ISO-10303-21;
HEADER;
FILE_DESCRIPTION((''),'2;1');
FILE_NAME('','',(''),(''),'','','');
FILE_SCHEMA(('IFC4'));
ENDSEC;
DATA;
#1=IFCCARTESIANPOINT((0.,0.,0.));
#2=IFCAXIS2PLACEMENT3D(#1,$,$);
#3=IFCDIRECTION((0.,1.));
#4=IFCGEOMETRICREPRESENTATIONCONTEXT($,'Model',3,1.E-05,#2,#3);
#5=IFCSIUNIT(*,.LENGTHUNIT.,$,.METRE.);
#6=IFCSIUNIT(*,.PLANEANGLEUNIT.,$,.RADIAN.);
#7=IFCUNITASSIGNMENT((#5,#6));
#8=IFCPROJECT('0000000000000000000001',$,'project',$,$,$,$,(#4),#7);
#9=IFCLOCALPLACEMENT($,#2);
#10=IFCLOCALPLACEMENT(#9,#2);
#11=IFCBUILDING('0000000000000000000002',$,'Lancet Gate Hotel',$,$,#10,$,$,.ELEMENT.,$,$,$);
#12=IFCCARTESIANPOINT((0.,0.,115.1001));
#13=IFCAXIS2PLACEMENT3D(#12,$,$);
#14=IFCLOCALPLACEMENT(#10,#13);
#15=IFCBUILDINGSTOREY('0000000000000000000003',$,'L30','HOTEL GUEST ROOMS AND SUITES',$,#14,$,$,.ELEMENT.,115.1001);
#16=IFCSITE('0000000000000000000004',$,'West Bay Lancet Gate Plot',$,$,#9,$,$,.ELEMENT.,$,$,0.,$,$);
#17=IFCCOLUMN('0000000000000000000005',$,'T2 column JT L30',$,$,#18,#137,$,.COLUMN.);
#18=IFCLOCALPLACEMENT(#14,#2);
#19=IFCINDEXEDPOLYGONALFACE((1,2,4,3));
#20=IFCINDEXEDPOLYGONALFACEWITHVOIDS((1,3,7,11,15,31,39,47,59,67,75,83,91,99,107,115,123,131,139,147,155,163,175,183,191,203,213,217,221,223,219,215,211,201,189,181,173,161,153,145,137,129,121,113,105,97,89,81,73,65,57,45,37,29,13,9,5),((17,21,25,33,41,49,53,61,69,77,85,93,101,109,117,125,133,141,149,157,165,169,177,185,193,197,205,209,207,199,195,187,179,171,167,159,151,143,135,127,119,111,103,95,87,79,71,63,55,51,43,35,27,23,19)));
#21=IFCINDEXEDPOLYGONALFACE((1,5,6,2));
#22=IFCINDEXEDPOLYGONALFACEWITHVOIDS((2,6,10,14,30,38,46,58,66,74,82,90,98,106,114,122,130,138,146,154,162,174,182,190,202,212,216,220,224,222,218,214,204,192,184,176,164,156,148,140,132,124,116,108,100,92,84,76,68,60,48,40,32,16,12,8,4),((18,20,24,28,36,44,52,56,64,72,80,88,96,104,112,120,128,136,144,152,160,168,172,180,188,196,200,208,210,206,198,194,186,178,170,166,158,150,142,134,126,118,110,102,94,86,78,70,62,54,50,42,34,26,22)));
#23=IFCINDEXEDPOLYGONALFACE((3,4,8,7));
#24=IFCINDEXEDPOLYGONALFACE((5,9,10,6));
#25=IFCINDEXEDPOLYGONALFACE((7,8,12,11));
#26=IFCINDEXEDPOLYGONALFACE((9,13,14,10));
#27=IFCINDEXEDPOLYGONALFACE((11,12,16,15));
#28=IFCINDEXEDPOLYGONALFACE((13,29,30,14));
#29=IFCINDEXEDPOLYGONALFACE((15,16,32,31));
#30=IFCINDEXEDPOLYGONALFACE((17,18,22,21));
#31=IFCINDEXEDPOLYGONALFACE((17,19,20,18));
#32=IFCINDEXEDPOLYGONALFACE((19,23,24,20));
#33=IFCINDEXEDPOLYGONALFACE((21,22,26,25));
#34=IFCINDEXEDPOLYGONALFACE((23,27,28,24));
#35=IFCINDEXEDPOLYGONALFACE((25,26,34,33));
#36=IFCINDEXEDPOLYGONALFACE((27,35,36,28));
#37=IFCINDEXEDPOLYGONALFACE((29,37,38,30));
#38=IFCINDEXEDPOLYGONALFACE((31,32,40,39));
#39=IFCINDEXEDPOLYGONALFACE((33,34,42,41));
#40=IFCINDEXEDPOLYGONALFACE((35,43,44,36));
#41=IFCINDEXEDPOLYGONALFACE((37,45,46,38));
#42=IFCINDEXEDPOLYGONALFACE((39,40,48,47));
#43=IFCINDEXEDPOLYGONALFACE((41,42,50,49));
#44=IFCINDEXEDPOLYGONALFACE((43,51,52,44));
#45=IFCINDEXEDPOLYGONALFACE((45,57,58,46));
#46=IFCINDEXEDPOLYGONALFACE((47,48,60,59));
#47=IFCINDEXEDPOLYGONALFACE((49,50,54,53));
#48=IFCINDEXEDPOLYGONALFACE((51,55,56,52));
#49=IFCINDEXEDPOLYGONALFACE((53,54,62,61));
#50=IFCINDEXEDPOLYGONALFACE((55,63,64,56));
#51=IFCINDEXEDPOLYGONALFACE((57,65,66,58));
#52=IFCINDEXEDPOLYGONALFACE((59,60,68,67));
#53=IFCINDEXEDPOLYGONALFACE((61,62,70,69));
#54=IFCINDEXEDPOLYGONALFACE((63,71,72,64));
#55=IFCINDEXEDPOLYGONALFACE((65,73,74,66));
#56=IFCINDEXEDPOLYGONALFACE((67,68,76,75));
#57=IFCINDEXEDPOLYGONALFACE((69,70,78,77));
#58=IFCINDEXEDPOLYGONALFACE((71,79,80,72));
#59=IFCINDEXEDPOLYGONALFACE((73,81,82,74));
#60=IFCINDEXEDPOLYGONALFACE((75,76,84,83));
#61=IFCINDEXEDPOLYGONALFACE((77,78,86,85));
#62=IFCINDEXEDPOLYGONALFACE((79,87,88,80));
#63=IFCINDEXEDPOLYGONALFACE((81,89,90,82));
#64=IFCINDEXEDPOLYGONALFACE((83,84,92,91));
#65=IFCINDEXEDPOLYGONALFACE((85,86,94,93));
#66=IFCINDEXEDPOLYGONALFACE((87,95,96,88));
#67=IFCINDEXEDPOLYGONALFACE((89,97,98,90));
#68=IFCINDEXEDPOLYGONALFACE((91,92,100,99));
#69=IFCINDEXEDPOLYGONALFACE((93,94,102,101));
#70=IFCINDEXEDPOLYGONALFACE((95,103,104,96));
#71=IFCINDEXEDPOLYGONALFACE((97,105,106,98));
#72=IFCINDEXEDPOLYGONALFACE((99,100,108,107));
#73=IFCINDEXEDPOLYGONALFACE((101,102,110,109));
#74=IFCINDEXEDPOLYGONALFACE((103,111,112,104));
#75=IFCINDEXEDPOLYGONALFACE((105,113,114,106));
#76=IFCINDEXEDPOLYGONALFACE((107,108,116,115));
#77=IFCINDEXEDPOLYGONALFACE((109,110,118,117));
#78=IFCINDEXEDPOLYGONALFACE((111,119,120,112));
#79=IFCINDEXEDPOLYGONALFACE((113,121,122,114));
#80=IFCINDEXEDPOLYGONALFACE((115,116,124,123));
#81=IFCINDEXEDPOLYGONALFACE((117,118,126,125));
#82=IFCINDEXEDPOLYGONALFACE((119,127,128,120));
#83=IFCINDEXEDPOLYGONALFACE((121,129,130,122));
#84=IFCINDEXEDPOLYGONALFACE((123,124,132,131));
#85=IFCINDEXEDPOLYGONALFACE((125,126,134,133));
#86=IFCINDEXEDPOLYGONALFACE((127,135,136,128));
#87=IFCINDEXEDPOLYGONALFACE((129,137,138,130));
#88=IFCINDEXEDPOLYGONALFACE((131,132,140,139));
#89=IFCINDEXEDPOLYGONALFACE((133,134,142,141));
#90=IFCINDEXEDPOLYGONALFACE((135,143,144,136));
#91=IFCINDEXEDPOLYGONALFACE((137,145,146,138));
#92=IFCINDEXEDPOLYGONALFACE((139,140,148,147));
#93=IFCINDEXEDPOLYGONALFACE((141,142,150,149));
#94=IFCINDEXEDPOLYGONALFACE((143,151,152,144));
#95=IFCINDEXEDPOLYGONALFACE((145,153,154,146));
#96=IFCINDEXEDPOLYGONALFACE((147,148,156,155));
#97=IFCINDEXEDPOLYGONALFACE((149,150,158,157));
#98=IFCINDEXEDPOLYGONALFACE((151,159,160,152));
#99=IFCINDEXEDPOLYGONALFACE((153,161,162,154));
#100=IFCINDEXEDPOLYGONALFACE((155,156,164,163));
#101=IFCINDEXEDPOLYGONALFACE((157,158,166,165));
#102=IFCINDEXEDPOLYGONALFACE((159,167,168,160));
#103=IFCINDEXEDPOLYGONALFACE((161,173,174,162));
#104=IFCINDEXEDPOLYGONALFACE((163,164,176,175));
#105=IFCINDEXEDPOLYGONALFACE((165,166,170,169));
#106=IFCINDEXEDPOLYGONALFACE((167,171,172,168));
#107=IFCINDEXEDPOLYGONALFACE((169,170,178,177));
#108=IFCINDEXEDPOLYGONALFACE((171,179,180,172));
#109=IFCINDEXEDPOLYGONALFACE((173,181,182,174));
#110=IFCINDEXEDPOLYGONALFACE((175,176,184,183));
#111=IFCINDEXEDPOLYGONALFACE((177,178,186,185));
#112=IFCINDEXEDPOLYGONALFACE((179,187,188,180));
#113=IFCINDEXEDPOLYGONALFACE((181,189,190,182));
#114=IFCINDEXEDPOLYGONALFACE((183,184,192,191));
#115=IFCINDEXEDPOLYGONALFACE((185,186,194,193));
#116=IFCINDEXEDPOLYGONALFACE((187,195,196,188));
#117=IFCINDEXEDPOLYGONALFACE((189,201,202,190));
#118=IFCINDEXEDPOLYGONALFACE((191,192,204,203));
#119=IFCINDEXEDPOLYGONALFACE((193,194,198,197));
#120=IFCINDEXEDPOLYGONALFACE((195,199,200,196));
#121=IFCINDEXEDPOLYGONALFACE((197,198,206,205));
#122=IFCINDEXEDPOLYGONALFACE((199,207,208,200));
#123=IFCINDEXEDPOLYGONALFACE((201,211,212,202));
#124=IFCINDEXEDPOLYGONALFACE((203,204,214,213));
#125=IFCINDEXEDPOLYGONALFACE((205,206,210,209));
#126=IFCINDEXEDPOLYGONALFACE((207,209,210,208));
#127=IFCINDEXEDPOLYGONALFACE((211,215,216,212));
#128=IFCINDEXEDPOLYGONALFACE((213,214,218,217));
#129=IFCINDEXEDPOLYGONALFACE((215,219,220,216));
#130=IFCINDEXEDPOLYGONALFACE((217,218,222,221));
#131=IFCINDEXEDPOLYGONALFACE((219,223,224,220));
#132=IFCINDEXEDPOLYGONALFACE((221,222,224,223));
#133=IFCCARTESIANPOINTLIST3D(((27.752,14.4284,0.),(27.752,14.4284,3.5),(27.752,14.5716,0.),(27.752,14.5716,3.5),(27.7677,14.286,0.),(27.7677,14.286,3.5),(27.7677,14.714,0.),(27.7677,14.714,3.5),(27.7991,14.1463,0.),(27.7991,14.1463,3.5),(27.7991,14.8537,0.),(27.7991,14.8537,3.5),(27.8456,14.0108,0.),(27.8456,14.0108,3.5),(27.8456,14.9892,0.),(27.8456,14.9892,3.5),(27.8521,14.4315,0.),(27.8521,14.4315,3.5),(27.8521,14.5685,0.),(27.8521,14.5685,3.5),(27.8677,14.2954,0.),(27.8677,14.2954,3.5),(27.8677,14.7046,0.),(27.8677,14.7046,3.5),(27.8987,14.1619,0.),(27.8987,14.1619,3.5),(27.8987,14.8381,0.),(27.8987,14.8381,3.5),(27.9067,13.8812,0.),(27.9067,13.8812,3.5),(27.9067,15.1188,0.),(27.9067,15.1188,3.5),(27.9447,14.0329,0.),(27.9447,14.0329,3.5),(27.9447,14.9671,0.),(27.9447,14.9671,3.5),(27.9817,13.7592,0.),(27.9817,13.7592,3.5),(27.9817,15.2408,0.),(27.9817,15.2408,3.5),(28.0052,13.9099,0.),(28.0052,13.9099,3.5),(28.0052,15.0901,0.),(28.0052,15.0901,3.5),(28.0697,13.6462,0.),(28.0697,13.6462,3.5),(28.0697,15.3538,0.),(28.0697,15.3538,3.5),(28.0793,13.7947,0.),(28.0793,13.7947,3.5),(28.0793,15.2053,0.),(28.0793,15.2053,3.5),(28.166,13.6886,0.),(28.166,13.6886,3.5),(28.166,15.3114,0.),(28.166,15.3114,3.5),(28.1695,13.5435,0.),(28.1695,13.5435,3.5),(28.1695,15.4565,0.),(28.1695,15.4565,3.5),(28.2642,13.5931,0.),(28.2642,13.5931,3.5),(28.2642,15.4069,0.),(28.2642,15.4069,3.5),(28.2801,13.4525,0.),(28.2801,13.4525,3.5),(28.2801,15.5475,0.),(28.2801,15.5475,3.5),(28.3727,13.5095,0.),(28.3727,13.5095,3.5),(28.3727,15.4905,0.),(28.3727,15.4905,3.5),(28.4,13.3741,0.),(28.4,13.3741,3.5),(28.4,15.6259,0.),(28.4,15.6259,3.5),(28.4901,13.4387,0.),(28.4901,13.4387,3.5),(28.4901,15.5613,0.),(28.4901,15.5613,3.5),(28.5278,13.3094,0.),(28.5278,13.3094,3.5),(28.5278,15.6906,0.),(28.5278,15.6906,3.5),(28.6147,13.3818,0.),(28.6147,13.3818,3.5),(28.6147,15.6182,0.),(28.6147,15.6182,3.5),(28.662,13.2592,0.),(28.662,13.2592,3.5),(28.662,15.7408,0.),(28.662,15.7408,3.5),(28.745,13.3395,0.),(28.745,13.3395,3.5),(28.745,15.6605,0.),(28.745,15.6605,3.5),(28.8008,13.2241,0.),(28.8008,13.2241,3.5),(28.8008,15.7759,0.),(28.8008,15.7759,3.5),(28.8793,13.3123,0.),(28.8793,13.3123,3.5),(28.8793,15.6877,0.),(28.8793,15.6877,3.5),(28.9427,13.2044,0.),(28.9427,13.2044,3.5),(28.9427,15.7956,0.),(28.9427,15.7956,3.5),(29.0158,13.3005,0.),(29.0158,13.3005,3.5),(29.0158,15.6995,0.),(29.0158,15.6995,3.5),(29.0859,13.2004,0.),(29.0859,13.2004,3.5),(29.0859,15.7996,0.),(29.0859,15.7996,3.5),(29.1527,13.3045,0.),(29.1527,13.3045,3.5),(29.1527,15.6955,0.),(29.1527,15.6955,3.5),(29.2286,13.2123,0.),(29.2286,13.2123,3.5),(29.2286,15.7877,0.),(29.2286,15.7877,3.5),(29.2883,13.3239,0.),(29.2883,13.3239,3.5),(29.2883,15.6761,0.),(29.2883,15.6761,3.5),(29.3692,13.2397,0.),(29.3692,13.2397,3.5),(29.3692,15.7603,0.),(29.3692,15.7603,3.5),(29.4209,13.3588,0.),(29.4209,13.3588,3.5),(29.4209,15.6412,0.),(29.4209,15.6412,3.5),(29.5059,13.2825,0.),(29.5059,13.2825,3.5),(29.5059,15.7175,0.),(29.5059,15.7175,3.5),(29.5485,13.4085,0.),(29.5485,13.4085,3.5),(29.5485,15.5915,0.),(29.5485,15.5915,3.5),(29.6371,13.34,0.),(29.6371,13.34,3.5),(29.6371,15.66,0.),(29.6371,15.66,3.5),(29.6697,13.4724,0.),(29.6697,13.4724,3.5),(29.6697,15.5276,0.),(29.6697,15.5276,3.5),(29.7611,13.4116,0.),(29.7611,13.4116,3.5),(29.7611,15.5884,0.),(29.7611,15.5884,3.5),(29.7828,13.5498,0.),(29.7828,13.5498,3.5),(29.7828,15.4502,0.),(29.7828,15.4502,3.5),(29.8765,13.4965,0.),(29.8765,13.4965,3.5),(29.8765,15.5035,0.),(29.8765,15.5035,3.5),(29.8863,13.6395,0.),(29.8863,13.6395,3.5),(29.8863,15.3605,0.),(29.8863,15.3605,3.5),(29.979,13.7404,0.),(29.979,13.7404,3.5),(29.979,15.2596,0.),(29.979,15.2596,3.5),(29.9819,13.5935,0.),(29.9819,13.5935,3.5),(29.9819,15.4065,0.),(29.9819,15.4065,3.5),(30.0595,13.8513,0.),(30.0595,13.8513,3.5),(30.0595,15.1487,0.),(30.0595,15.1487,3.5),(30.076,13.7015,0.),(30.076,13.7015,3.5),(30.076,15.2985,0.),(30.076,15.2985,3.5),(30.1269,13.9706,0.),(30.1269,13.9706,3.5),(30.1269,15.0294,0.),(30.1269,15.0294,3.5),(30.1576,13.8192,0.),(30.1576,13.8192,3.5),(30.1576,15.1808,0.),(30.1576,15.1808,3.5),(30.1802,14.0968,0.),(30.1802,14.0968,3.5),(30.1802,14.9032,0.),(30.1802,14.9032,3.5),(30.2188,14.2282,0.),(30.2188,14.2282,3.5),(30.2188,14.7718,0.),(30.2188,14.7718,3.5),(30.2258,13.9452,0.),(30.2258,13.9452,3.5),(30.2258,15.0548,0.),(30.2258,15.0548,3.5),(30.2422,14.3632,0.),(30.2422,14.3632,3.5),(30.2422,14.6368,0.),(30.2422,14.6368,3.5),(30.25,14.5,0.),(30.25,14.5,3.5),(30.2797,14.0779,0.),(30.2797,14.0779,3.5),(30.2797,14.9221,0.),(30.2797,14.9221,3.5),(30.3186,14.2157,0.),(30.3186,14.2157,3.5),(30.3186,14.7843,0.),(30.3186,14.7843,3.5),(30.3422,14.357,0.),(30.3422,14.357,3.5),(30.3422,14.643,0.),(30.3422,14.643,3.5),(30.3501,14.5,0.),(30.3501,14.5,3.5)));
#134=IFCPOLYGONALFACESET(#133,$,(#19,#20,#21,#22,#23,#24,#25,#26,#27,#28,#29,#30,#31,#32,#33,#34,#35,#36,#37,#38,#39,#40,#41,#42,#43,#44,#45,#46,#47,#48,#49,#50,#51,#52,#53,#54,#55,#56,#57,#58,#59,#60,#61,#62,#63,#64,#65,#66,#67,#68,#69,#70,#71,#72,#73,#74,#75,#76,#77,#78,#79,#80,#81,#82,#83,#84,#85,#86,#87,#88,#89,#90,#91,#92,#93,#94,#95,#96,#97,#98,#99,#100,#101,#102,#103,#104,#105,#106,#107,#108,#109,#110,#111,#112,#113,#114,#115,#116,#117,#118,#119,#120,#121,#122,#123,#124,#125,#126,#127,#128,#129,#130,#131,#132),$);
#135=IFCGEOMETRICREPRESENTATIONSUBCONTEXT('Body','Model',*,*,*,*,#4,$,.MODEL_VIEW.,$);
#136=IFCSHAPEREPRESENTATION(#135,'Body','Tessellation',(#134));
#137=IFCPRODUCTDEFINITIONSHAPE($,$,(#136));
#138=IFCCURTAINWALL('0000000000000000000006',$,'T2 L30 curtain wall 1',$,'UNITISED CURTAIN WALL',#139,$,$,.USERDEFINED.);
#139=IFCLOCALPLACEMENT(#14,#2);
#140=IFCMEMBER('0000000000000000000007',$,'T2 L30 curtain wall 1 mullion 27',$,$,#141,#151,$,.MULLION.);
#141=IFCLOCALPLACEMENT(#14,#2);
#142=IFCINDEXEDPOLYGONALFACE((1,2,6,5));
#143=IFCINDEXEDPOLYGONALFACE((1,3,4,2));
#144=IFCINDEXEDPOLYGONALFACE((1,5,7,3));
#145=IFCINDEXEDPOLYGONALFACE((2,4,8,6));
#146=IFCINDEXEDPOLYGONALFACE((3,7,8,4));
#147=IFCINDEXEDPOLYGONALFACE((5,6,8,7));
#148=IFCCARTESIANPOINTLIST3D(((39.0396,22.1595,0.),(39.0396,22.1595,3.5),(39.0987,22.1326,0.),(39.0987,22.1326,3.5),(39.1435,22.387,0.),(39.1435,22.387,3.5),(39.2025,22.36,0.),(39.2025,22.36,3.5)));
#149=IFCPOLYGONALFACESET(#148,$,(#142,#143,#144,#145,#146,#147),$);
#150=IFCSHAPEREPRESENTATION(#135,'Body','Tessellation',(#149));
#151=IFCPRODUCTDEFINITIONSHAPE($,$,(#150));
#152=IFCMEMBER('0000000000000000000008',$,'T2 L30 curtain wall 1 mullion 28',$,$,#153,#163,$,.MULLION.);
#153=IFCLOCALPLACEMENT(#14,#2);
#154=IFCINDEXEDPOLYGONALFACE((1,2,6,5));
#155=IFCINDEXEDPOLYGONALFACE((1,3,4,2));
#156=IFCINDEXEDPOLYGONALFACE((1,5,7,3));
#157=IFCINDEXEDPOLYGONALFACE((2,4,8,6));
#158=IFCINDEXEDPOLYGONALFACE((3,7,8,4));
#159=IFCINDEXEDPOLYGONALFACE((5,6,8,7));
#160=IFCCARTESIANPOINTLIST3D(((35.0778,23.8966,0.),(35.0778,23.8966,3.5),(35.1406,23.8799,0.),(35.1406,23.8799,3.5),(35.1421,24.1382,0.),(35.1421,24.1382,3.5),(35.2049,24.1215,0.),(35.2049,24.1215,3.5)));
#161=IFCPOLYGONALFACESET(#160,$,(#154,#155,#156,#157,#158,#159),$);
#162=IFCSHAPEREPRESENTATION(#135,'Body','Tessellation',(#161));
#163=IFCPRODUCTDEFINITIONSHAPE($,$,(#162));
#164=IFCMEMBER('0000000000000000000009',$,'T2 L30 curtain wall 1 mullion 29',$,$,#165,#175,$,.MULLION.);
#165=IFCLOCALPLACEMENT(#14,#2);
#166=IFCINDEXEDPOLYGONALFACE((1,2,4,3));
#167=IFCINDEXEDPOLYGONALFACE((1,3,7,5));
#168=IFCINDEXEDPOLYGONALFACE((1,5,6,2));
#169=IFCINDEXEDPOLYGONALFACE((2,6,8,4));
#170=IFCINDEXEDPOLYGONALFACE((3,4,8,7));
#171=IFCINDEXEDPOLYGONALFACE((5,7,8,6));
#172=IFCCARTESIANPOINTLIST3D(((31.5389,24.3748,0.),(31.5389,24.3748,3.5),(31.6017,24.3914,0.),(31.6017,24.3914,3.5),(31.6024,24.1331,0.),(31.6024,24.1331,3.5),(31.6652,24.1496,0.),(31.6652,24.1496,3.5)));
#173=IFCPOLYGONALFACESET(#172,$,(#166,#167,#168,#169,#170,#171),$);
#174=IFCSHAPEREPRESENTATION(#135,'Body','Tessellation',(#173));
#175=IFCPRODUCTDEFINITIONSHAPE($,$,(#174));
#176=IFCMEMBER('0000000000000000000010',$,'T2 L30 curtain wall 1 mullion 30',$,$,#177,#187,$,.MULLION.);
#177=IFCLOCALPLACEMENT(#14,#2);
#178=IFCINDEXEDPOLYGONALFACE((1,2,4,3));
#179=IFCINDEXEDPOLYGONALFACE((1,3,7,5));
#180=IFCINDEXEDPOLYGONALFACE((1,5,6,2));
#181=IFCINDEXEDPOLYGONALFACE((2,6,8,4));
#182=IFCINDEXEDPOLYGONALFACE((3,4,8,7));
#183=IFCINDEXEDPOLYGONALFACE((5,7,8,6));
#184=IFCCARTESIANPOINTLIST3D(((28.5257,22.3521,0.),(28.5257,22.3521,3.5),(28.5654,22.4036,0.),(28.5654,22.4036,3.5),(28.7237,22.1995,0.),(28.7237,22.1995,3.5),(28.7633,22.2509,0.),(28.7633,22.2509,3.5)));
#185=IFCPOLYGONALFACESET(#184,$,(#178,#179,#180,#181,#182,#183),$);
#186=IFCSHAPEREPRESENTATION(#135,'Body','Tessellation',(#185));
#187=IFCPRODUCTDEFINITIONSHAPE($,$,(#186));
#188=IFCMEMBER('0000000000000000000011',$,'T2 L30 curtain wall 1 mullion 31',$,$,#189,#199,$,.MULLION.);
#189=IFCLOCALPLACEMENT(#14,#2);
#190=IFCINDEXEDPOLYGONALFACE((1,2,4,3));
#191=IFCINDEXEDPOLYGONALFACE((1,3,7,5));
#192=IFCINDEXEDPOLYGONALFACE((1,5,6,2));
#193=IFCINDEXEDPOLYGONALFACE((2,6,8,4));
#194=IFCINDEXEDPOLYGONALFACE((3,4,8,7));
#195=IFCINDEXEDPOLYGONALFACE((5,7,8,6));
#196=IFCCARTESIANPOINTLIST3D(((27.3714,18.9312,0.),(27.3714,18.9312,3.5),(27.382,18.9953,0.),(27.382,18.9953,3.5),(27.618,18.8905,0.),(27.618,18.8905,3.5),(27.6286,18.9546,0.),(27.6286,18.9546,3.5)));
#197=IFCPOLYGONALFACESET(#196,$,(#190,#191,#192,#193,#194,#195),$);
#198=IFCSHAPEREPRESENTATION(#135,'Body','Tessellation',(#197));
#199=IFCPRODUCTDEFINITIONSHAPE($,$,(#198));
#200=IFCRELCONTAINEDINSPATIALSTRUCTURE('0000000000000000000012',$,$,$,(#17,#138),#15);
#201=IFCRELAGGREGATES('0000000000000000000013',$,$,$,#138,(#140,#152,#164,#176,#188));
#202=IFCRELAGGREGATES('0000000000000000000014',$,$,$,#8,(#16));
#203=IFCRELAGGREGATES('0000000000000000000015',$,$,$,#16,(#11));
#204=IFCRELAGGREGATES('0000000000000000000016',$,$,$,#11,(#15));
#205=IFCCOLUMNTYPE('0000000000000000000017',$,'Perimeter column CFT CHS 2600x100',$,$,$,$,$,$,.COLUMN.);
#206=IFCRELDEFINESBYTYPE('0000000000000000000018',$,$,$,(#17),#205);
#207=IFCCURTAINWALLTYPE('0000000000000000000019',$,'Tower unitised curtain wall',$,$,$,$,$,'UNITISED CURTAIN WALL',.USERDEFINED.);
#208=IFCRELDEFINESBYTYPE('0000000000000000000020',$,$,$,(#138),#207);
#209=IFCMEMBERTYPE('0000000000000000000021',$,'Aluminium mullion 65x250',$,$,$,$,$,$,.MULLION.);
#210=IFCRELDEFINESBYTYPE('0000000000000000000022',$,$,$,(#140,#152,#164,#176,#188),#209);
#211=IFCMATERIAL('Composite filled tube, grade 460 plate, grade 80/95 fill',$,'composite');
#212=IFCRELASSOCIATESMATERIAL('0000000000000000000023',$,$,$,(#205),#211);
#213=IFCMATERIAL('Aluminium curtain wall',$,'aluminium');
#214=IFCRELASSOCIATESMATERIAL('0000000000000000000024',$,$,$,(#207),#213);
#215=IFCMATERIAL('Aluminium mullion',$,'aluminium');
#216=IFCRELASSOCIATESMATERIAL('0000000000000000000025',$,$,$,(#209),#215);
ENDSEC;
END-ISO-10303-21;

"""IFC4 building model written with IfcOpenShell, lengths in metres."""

from ifc_helpers import new_model, si_unit, direction, frame, origin, origin_2d, place, context, subcontext, project, spatial, rectangle, hollow_circle, extrude, material, material_profile, profile_set, type_object, element, aggregate, save


model = new_model("IFC4")

# Units and contexts
model_context = context("Model", 3, precision=1e-05, world=origin(), true_north=direction((0.0, 1.0)))
body_context = subcontext(model_context, "Body", "Model", "MODEL_VIEW")
ifc_project = project(units=[si_unit("LENGTHUNIT", "METRE"), si_unit("PLANEANGLEUNIT", "RADIAN")], contexts=[model_context])

# Site, building, storey
site_placement = place(None, origin())
site = spatial("IfcSite", under=ifc_project, at=site_placement, Name="West Bay Lancet Gate Plot", CompositionType="ELEMENT", RefElevation=0.0)
building_placement = place(site_placement, origin())
building = spatial("IfcBuilding", under=site, at=building_placement, Name="Lancet Gate Hotel", CompositionType="ELEMENT")
storey_placement = place(building_placement, frame((0.0, 0.0, 115.1001)))
storey = spatial("IfcBuildingStorey", under=building, at=storey_placement, Name="L30", Description="HOTEL GUEST ROOMS AND SUITES", CompositionType="ELEMENT", Elevation=115.1001)

# Column
ifc_material_1 = material(Name="Composite filled tube, grade 460 plate, grade 80/95 fill", Category="composite")
ifc_material_profile_1 = material_profile(ifc_material_1, hollow_circle(Radius=1.3, WallThickness=0.1001, at=origin_2d()), Name="CHS 2600x100")
ifc_profile_set_1 = profile_set([ifc_material_profile_1], Name="Composite filled tube, grade 460 plate, grade 80/95 fill")
column_type = type_object("IfcColumnType", Name="Perimeter column CFT CHS 2600x100", PredefinedType="COLUMN", material=ifc_profile_set_1)
for number, where, z_axis, x_axis, name in (
    (1, (29.05, 14.5, 0.0), (0.0, 0.0, 1.0), (1.0, 0.0, 0.0), "T2 column JT L30"),
):
    element("IfcColumn", number, at=place(storey_placement, frame(where, z_axis=z_axis, x_axis=x_axis)), inside=storey, type_object=column_type, Name=name, PredefinedType="COLUMN", context=body_context, shape_type="SweptSolid", body=[
        extrude(hollow_circle(Radius=1.3, WallThickness=0.1001, at=origin_2d()), origin(), (0.0, 0.0, 1.0), 3.5),
    ])

# Curtain wall, members
ifc_material_2 = material(Name="Aluminium curtain wall", Category="aluminium")
curtain_wall_type = type_object("IfcCurtainWallType", Name="Tower unitised curtain wall", ElementType="UNITISED CURTAIN WALL", PredefinedType="USERDEFINED", material=ifc_material_2)
curtain_wall_placement = place(storey_placement, origin())
curtain_wall = element("IfcCurtainWall", 2, at=curtain_wall_placement, inside=storey, type_object=curtain_wall_type, Name="T2 L30 curtain wall 1", ObjectType="UNITISED CURTAIN WALL", PredefinedType="USERDEFINED")
ifc_material_3 = material(Name="Aluminium mullion", Category="aluminium")
ifc_material_profile_2 = material_profile(ifc_material_3, rectangle(XDim=0.0649, YDim=0.25, at=origin_2d()), Name="MULLION 65x250")
ifc_profile_set_2 = profile_set([ifc_material_profile_2], Name="Aluminium mullion")
member_type_1 = type_object("IfcMemberType", Name="Aluminium mullion 65x250", PredefinedType="MULLION", material=ifc_profile_set_2)
member_1_placement = place(storey_placement, frame((39.1211, 22.2598, 0.0), z_axis=(0.0, 0.0, 1.0), x_axis=(-0.909673, 0.415326, 0.0)))
member_1 = element("IfcMember", 3, at=member_1_placement, type_object=member_type_1, Name="T2 L30 curtain wall 1 mullion 27", PredefinedType="MULLION", context=body_context, shape_type="SweptSolid", body=[
    extrude(rectangle(XDim=0.0649, YDim=0.25, at=origin_2d()), origin(), (0.0, 0.0, 1.0), 3.5),
])
member_2_placement = place(storey_placement, frame((35.1414, 24.009, 0.0), z_axis=(0.0, 0.0, 1.0), x_axis=(-0.966317, 0.257353, 0.0)))
member_2 = element("IfcMember", 4, at=member_2_placement, type_object=member_type_1, Name="T2 L30 curtain wall 1 mullion 28", PredefinedType="MULLION", context=body_context, shape_type="SweptSolid", body=[
    extrude(rectangle(XDim=0.0649, YDim=0.25, at=origin_2d()), origin(), (0.0, 0.0, 1.0), 3.5),
])
member_3_placement = place(storey_placement, frame((31.6021, 24.2622, 0.0), z_axis=(0.0, 0.0, 1.0), x_axis=(-0.967157, -0.254179, 0.0)))
member_3 = element("IfcMember", 5, at=member_3_placement, type_object=member_type_1, Name="T2 L30 curtain wall 1 mullion 29", PredefinedType="MULLION", context=body_context, shape_type="SweptSolid", body=[
    extrude(rectangle(XDim=0.0649, YDim=0.25, at=origin_2d()), origin(), (0.0, 0.0, 1.0), 3.5),
])
member_4_placement = place(storey_placement, frame((28.6445, 22.3015, 0.0), z_axis=(0.0, 0.0, 1.0), x_axis=(-0.610664, -0.79189, 0.0)))
member_4 = element("IfcMember", 6, at=member_4_placement, type_object=member_type_1, Name="T2 L30 curtain wall 1 mullion 30", PredefinedType="MULLION", context=body_context, shape_type="SweptSolid", body=[
    extrude(rectangle(XDim=0.0649, YDim=0.25, at=origin_2d()), origin(), (0.0, 0.0, 1.0), 3.5),
])
member_5_placement = place(storey_placement, frame((27.5, 18.9429, 0.0), z_axis=(0.0, 0.0, 1.0), x_axis=(-0.162739, -0.986669, 0.0)))
member_5 = element("IfcMember", 7, at=member_5_placement, type_object=member_type_1, Name="T2 L30 curtain wall 1 mullion 31", PredefinedType="MULLION", context=body_context, shape_type="SweptSolid", body=[
    extrude(rectangle(XDim=0.0649, YDim=0.25, at=origin_2d()), origin(), (0.0, 0.0, 1.0), 3.5),
])

aggregate(curtain_wall, [member_1, member_2, member_3, member_4, member_5])

save(model, "model.ifc")
